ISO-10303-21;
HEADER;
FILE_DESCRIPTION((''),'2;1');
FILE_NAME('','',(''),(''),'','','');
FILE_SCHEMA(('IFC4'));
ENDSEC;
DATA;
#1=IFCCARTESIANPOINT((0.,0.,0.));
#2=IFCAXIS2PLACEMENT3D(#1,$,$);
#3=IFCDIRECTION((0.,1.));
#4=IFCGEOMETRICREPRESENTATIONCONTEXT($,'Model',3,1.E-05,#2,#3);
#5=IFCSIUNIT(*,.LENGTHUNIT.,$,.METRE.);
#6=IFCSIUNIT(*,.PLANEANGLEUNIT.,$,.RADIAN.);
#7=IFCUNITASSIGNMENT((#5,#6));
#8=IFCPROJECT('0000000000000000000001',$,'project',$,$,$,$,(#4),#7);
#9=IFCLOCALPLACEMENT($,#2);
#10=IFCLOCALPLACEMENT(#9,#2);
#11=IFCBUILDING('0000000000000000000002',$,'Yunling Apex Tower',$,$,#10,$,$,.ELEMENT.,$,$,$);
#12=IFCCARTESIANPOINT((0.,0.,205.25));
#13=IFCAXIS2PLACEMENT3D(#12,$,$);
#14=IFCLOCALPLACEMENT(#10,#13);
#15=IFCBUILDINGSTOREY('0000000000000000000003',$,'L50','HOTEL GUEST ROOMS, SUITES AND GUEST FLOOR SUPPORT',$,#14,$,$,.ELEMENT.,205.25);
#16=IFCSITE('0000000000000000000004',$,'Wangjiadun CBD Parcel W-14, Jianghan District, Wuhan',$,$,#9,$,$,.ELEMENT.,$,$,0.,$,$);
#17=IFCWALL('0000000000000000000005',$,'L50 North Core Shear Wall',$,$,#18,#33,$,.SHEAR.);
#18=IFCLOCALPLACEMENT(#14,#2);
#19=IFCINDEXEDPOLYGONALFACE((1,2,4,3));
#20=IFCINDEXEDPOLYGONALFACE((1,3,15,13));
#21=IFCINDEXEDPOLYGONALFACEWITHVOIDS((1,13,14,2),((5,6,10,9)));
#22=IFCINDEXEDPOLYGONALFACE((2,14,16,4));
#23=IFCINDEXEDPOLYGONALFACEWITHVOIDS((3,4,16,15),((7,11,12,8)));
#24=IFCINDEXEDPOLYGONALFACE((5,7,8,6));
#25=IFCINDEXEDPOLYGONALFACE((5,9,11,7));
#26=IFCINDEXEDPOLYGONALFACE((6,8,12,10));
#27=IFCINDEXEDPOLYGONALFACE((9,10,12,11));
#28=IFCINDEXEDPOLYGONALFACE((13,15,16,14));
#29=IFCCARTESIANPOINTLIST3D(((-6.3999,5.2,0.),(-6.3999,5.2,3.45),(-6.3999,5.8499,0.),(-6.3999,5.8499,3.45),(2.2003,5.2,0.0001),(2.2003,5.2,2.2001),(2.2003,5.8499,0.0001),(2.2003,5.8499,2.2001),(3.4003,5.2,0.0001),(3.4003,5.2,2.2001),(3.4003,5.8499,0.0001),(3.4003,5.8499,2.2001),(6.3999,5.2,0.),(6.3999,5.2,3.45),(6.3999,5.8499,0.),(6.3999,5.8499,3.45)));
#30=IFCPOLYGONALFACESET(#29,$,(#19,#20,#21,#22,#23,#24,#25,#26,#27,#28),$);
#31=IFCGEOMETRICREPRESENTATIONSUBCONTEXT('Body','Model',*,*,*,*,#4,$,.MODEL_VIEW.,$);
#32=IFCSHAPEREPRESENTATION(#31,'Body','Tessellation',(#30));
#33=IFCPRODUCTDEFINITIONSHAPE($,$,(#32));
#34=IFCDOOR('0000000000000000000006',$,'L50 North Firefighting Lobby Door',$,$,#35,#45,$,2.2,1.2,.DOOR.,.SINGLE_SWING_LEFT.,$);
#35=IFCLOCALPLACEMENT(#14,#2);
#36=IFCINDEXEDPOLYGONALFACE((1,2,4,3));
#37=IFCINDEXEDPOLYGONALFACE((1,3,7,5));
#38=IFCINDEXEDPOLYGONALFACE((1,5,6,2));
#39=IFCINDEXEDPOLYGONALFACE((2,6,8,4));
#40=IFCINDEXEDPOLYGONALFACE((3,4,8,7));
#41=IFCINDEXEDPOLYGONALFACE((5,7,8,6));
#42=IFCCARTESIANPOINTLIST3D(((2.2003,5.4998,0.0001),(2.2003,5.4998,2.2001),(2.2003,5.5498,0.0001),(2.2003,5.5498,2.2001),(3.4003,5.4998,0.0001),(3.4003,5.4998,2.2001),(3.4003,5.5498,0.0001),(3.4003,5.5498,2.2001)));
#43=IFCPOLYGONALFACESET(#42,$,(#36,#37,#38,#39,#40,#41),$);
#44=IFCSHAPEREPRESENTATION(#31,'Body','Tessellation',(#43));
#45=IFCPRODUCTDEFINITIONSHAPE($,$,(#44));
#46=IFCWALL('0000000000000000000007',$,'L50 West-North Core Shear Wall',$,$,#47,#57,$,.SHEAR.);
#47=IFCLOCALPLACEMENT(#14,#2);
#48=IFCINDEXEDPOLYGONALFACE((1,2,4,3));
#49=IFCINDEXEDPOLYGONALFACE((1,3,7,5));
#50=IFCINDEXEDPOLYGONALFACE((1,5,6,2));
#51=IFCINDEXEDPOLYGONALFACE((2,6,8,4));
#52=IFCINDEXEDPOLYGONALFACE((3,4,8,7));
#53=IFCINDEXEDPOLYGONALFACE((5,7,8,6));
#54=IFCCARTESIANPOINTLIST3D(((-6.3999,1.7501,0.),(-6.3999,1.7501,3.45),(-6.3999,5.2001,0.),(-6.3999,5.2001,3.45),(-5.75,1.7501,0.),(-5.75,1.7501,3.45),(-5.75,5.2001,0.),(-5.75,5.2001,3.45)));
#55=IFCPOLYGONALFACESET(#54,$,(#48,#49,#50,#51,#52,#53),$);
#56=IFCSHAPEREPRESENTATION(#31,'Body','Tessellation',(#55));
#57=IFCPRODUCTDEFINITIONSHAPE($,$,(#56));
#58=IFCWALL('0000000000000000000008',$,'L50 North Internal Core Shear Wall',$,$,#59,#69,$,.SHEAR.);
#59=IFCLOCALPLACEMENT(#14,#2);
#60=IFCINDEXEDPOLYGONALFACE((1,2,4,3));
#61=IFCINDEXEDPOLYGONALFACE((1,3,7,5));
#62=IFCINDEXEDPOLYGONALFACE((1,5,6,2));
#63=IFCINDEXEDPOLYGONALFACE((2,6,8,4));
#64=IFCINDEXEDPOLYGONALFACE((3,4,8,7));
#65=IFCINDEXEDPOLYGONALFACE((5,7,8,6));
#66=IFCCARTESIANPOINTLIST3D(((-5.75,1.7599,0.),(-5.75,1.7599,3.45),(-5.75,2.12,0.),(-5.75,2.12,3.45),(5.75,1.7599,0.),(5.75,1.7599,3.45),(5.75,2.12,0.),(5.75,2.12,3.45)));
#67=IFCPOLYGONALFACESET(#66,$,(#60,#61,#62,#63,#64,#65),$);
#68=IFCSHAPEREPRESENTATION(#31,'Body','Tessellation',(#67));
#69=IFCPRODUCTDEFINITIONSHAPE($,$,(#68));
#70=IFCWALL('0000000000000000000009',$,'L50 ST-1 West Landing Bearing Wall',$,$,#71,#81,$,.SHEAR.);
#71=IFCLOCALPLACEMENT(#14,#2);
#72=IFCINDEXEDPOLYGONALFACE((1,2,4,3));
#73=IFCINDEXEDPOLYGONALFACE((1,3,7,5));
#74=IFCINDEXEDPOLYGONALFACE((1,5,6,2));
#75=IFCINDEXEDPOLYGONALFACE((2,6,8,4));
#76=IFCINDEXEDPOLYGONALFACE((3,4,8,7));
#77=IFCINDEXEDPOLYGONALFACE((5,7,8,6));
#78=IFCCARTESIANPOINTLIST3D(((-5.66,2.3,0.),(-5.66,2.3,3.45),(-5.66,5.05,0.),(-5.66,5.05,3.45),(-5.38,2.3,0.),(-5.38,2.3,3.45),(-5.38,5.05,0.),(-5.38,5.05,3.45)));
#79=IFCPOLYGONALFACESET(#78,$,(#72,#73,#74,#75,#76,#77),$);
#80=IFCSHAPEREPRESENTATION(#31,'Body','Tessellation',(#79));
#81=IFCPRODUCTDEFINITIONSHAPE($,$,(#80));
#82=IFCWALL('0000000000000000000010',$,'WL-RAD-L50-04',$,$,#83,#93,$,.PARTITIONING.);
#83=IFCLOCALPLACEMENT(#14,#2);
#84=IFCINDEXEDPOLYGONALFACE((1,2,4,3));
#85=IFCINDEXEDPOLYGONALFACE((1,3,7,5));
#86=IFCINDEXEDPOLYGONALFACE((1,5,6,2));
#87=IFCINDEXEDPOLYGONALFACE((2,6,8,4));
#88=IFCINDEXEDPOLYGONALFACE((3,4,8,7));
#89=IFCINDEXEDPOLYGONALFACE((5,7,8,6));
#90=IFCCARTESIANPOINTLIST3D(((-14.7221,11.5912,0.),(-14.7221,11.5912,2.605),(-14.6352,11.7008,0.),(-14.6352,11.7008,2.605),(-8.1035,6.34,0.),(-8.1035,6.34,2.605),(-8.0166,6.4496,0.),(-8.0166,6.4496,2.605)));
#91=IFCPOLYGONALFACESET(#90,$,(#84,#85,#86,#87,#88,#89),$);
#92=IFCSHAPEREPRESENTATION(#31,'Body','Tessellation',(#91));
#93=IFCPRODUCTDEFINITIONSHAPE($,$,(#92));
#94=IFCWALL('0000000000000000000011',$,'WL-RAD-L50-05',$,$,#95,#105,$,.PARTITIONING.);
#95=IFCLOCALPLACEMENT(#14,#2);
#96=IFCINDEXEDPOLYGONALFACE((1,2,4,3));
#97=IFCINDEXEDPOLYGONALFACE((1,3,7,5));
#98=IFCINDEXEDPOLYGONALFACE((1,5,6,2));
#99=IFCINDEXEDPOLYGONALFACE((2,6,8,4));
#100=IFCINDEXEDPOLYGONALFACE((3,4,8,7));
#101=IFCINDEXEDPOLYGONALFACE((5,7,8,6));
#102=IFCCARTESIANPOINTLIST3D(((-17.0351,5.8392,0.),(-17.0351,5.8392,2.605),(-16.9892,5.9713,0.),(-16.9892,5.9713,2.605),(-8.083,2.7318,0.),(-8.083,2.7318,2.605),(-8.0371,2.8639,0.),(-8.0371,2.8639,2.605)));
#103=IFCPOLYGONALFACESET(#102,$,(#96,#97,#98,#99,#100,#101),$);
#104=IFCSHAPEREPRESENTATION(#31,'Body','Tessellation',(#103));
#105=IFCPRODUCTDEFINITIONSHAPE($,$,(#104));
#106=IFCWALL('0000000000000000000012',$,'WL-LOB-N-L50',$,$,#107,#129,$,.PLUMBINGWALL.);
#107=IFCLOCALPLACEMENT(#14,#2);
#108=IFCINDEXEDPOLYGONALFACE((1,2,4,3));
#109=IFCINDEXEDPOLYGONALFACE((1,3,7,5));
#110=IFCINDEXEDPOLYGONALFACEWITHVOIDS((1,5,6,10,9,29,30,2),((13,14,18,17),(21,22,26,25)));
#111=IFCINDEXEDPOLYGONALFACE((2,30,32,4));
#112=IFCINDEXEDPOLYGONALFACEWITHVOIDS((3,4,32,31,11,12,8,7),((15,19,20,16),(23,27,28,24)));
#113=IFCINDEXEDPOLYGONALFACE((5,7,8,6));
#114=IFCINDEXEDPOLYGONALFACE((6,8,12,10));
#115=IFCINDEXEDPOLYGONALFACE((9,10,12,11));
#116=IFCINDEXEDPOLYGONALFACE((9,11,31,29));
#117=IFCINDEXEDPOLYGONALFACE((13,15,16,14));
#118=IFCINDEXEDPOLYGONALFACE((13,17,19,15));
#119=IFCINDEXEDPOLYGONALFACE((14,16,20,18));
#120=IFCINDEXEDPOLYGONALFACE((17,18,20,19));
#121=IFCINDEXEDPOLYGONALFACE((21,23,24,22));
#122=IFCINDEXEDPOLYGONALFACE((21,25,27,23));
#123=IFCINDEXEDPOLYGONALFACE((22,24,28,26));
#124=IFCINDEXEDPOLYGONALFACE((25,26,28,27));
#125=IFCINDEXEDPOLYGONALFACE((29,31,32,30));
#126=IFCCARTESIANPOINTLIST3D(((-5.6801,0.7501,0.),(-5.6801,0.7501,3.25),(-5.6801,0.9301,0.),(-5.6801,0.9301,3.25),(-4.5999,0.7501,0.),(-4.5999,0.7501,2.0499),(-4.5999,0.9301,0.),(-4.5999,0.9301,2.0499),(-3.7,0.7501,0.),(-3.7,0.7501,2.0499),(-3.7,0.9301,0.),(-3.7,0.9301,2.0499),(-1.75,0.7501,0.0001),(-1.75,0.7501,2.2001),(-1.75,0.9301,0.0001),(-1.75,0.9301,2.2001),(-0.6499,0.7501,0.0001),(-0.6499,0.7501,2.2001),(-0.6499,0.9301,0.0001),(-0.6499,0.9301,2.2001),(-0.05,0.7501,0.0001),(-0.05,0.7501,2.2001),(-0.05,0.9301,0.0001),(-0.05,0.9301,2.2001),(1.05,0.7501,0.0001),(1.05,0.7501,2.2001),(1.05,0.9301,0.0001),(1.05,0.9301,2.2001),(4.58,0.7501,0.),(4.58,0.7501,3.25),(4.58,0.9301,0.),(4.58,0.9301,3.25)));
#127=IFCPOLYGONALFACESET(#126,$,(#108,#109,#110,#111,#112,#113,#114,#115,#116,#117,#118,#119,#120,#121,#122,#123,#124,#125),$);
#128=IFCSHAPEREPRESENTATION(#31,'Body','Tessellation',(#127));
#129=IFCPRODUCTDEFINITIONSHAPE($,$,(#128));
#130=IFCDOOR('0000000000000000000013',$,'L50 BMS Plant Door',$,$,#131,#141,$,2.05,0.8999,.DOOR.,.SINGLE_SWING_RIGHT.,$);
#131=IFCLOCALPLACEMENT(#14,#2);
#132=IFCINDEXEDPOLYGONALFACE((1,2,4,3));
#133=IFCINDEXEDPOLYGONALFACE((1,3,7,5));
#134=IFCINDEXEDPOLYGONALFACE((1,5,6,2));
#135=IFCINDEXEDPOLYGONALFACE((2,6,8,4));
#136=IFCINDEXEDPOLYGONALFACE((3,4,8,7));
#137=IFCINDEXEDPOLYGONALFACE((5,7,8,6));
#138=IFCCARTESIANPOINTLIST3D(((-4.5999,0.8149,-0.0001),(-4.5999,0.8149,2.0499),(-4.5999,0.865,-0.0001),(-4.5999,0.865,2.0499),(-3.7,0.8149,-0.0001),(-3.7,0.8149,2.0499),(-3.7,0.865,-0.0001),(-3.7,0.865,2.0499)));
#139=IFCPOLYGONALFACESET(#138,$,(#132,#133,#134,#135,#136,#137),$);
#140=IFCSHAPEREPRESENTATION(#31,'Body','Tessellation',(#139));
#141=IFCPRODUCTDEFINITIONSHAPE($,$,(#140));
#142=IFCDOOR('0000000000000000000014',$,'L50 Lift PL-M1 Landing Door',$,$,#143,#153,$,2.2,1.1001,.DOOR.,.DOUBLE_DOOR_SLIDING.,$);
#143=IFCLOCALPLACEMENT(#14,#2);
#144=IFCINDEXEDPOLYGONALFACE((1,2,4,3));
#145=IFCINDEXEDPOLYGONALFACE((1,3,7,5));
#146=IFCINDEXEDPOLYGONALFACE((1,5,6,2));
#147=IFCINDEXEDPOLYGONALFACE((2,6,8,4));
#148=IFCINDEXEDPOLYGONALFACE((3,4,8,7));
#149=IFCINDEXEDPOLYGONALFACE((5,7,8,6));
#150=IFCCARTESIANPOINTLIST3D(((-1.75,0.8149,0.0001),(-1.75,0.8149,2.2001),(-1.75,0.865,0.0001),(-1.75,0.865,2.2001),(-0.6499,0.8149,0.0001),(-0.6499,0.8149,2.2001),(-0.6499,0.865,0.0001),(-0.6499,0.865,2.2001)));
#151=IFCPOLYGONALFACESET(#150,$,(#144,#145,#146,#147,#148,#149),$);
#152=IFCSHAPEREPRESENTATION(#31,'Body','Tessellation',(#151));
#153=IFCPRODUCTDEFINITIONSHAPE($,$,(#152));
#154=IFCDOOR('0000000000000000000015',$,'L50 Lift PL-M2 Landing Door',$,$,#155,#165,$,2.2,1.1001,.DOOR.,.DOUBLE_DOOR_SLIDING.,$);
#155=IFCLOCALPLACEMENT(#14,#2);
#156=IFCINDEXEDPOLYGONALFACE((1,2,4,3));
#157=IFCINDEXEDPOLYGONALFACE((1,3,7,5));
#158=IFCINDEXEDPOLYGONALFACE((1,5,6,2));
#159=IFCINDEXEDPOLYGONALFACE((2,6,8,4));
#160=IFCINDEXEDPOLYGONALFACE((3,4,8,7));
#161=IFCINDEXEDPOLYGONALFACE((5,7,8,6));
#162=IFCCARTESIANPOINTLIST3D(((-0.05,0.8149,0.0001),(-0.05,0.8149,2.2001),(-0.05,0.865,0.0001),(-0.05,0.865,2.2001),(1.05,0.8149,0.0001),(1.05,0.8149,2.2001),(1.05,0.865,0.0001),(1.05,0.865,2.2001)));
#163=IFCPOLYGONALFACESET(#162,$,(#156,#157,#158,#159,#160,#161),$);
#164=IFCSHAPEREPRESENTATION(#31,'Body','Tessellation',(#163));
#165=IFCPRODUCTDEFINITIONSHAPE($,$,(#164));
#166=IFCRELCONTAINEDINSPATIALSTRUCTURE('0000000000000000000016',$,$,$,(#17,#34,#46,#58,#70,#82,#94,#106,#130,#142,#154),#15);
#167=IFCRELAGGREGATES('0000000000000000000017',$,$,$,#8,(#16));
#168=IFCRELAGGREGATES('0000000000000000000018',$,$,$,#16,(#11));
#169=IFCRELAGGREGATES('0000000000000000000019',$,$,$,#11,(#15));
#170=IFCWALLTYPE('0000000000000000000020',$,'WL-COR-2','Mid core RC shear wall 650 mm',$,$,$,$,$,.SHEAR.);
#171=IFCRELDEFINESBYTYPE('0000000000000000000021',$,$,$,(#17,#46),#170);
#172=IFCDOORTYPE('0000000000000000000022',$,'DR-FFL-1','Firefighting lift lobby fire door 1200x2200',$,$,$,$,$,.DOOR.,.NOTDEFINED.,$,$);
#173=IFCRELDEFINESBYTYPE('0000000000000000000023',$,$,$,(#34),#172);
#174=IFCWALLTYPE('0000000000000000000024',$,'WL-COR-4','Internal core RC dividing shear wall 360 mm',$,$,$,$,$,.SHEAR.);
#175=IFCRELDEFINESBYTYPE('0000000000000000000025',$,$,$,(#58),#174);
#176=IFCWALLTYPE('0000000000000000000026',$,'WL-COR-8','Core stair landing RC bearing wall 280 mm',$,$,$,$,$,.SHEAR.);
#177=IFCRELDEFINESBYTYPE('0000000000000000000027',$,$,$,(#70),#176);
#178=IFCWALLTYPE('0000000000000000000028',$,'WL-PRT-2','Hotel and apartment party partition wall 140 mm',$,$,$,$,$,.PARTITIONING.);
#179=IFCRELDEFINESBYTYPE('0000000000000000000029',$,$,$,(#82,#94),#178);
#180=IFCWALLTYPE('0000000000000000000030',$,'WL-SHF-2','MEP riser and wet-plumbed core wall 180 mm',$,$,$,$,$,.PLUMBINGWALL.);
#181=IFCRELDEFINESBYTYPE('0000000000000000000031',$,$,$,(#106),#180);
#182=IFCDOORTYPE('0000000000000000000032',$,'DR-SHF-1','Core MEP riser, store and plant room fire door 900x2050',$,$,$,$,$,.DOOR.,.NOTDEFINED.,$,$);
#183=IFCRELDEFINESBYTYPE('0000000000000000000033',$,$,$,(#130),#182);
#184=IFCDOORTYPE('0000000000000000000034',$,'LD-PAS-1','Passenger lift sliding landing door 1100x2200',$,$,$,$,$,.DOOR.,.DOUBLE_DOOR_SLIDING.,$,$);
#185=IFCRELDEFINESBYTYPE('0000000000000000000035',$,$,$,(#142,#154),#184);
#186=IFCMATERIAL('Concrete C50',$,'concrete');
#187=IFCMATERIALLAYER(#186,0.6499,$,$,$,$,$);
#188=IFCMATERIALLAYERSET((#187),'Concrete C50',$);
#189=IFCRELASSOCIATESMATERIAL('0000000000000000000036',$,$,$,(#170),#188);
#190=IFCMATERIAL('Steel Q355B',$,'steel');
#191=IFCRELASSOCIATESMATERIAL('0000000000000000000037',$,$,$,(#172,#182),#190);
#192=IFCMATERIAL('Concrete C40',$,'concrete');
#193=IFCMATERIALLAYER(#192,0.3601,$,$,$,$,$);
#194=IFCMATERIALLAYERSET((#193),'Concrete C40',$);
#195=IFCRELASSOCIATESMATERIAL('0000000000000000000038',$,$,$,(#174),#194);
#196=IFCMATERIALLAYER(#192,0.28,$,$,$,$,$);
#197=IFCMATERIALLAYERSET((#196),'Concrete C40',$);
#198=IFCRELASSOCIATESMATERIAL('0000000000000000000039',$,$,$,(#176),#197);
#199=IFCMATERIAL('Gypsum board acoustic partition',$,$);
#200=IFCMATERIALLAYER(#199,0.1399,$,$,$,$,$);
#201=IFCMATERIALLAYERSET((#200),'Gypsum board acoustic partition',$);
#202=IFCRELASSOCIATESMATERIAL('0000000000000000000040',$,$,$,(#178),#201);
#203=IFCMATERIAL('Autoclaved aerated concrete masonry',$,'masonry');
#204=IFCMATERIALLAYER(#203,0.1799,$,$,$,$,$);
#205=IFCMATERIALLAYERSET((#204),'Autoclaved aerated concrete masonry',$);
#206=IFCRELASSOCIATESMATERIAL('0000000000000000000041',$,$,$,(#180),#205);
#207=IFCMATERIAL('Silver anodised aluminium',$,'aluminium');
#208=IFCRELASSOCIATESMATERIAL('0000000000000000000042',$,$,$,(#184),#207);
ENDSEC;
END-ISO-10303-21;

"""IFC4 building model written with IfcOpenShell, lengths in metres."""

from ifc_helpers import new_model, si_unit, direction, frame, frame_2d, origin, place, context, subcontext, project, spatial, rectangle, extrude, material, layer, layer_set, type_object, element, fill, save


model = new_model("IFC4")

# Units and contexts
model_context = context("Model", 3, precision=1e-05, world=origin(), true_north=direction((0.0, 1.0)))
body_context = subcontext(model_context, "Body", "Model", "MODEL_VIEW")
ifc_project = project(units=[si_unit("LENGTHUNIT", "METRE"), si_unit("PLANEANGLEUNIT", "RADIAN")], contexts=[model_context])

# Site, building, storey
site_placement = place(None, origin())
site = spatial("IfcSite", under=ifc_project, at=site_placement, Name="Wangjiadun CBD Parcel W-14, Jianghan District, Wuhan", CompositionType="ELEMENT", RefElevation=0.0)
building_placement = place(site_placement, origin())
building = spatial("IfcBuilding", under=site, at=building_placement, Name="Yunling Apex Tower", CompositionType="ELEMENT")
storey_placement = place(building_placement, frame((0.0, 0.0, 205.25)))
storey = spatial("IfcBuildingStorey", under=building, at=storey_placement, Name="L50", Description="HOTEL GUEST ROOMS, SUITES AND GUEST FLOOR SUPPORT", CompositionType="ELEMENT", Elevation=205.25)

# Shared definitions
ifc_material_1 = material(Name="Concrete C50", Category="concrete")

# Shared definitions
ifc_material_2 = material(Name="Steel Q355B", Category="steel")

# Wall, opening, door
ifc_layer_1 = layer(ifc_material_1, 0.6499)
ifc_layer_set_1 = layer_set([ifc_layer_1], Name="Concrete C50")
wall_type_1 = type_object("IfcWallType", Name="WL-COR-2", Description="Mid core RC shear wall 650 mm", PredefinedType="SHEAR", material=ifc_layer_set_1)
wall_1_placement = place(storey_placement, frame((-6.3999, 5.5249, 0.0), z_axis=(0.0, 0.0, 1.0), x_axis=(1.0, 0.0, 0.0)))
wall_1 = element("IfcWall", 1, at=wall_1_placement, inside=storey, type_object=wall_type_1, Name="L50 North Core Shear Wall", PredefinedType="SHEAR", context=body_context, shape_type="SweptSolid", body=[
    extrude(rectangle(XDim=12.7998, YDim=0.6499, at=frame_2d((6.3999, 0.0))), origin(), (0.0, 0.0, 1.0), 3.45),
])
opening_1_placement = place(wall_1_placement, frame((8.6001, 0.0, 0.0)))
opening_1 = element("IfcOpeningElement", 2, at=opening_1_placement, cuts=wall_1, PredefinedType="OPENING", context=body_context, shape_type="SweptSolid", body=[
    extrude(rectangle(XDim=1.2, YDim=2.2, at=frame_2d((0.6001, 1.1001))), frame((0.0, 0.335, 0.0), z_axis=(0.0, -1.0, 0.0), x_axis=(1.0, 0.0, 0.0)), (0.0, 0.0, 1.0), 0.6699),
])
door_type_1 = type_object("IfcDoorType", Name="DR-FFL-1", Description="Firefighting lift lobby fire door 1200x2200", OperationType="NOTDEFINED", PredefinedType="DOOR", material=ifc_material_2)
door_1_placement = place(opening_1_placement, origin())
door_1 = element("IfcDoor", 3, at=door_1_placement, inside=storey, type_object=door_type_1, Name="L50 North Firefighting Lobby Door", OperationType="SINGLE_SWING_LEFT", OverallHeight=2.2, OverallWidth=1.2, PredefinedType="DOOR", context=body_context, shape_type="SweptSolid", body=[
    extrude(rectangle(XDim=1.2, YDim=2.2, at=frame_2d((0.6001, 1.1001))), frame((0.0, 0.0249, 0.0), z_axis=(0.0, -1.0, 0.0), x_axis=(1.0, 0.0, 0.0)), (0.0, 0.0, 1.0), 0.05),
])
fill(opening_1, door_1)

# Walls
wall_2_placement = place(storey_placement, frame((-6.075, 1.75, 0.0), z_axis=(0.0, 0.0, 1.0), x_axis=(0.0, 1.0, 0.0)))
element("IfcWall", 4, at=wall_2_placement, inside=storey, type_object=wall_type_1, Name="L50 West-North Core Shear Wall", PredefinedType="SHEAR", context=body_context, shape_type="SweptSolid", body=[
    extrude(rectangle(XDim=3.45, YDim=0.6499, at=frame_2d((1.7251, 0.0))), origin(), (0.0, 0.0, 1.0), 3.45),
])
ifc_material_3 = material(Name="Concrete C40", Category="concrete")
ifc_layer_2 = layer(ifc_material_3, 0.3601)
ifc_layer_set_2 = layer_set([ifc_layer_2], Name="Concrete C40")
wall_type_2 = type_object("IfcWallType", Name="WL-COR-4", Description="Internal core RC dividing shear wall 360 mm", PredefinedType="SHEAR", material=ifc_layer_set_2)
wall_3_placement = place(storey_placement, frame((-5.75, 1.9399, 0.0), z_axis=(0.0, 0.0, 1.0), x_axis=(1.0, 0.0, 0.0)))
element("IfcWall", 5, at=wall_3_placement, inside=storey, type_object=wall_type_2, Name="L50 North Internal Core Shear Wall", PredefinedType="SHEAR", context=body_context, shape_type="SweptSolid", body=[
    extrude(rectangle(XDim=11.5, YDim=0.3601, at=frame_2d((5.75, 0.0))), origin(), (0.0, 0.0, 1.0), 3.45),
])
ifc_layer_3 = layer(ifc_material_3, 0.28)
ifc_layer_set_3 = layer_set([ifc_layer_3], Name="Concrete C40")
wall_type_3 = type_object("IfcWallType", Name="WL-COR-8", Description="Core stair landing RC bearing wall 280 mm", PredefinedType="SHEAR", material=ifc_layer_set_3)
wall_4_placement = place(storey_placement, frame((-5.52, 2.3, 0.0), z_axis=(0.0, 0.0, 1.0), x_axis=(0.0, 1.0, 0.0)))
element("IfcWall", 6, at=wall_4_placement, inside=storey, type_object=wall_type_3, Name="L50 ST-1 West Landing Bearing Wall", PredefinedType="SHEAR", context=body_context, shape_type="SweptSolid", body=[
    extrude(rectangle(XDim=2.75, YDim=0.28, at=frame_2d((1.375, 0.0))), origin(), (0.0, 0.0, 1.0), 3.45),
])
ifc_material_4 = material(Name="Gypsum board acoustic partition")
ifc_layer_4 = layer(ifc_material_4, 0.1399)
ifc_layer_set_4 = layer_set([ifc_layer_4], Name="Gypsum board acoustic partition")
wall_type_4 = type_object("IfcWallType", Name="WL-PRT-2", Description="Hotel and apartment party partition wall 140 mm", PredefinedType="PARTITIONING", material=ifc_layer_set_4)
wall_5_placement = place(storey_placement, frame((-8.0601, 6.3948, 0.0), z_axis=(0.0, 0.0, 1.0), x_axis=(-0.783386, 0.621536, 0.0)))
element("IfcWall", 7, at=wall_5_placement, inside=storey, type_object=wall_type_4, Name="WL-RAD-L50-04", PredefinedType="PARTITIONING", context=body_context, shape_type="SweptSolid", body=[
    extrude(rectangle(XDim=8.4487, YDim=0.1399, at=frame_2d((4.2244, 0.0))), origin(), (0.0, 0.0, 1.0), 2.605),
])
wall_6_placement = place(storey_placement, frame((-8.0601, 2.7979, 0.0), z_axis=(0.0, 0.0, 1.0), x_axis=(-0.944705, 0.327921, 0.0)))
element("IfcWall", 8, at=wall_6_placement, inside=storey, type_object=wall_type_4, Name="WL-RAD-L50-05", PredefinedType="PARTITIONING", context=body_context, shape_type="SweptSolid", body=[
    extrude(rectangle(XDim=9.4761, YDim=0.1399, at=frame_2d((4.738, 0.0))), origin(), (0.0, 0.0, 1.0), 2.605),
])

# Wall, openings, doors
ifc_material_5 = material(Name="Autoclaved aerated concrete masonry", Category="masonry")
ifc_layer_5 = layer(ifc_material_5, 0.1799)
ifc_layer_set_5 = layer_set([ifc_layer_5], Name="Autoclaved aerated concrete masonry")
wall_type_5 = type_object("IfcWallType", Name="WL-SHF-2", Description="MEP riser and wet-plumbed core wall 180 mm", PredefinedType="PLUMBINGWALL", material=ifc_layer_set_5)
wall_7_placement = place(storey_placement, frame((-5.6799, 0.8401, 0.0), z_axis=(0.0, 0.0, 1.0), x_axis=(1.0, 0.0, 0.0)))
wall_7 = element("IfcWall", 9, at=wall_7_placement, inside=storey, type_object=wall_type_5, Name="WL-LOB-N-L50", PredefinedType="PLUMBINGWALL", context=body_context, shape_type="SweptSolid", body=[
    extrude(rectangle(XDim=10.26, YDim=0.1799, at=frame_2d((5.1299, 0.0))), origin(), (0.0, 0.0, 1.0), 3.25),
])
opening_2_placement = place(wall_7_placement, frame((1.0801, 0.0, 0.0)))
opening_2 = element("IfcOpeningElement", 10, at=opening_2_placement, cuts=wall_7, PredefinedType="OPENING", context=body_context, shape_type="SweptSolid", body=[
    extrude(rectangle(XDim=0.8999, YDim=2.05, at=frame_2d((0.45, 1.0249))), frame((0.0, 0.1001, 0.0), z_axis=(0.0, -1.0, 0.0), x_axis=(1.0, 0.0, 0.0)), (0.0, 0.0, 1.0), 0.2),
])
opening_3_placement = place(wall_7_placement, frame((3.9299, 0.0, 0.0)))
opening_3 = element("IfcOpeningElement", 11, at=opening_3_placement, cuts=wall_7, PredefinedType="OPENING", context=body_context, shape_type="SweptSolid", body=[
    extrude(rectangle(XDim=1.1001, YDim=2.2, at=frame_2d((0.55, 1.1001))), frame((0.0, 0.1001, 0.0), z_axis=(0.0, -1.0, 0.0), x_axis=(1.0, 0.0, 0.0)), (0.0, 0.0, 1.0), 0.2),
])
opening_4_placement = place(wall_7_placement, frame((5.6299, 0.0, 0.0)))
opening_4 = element("IfcOpeningElement", 12, at=opening_4_placement, cuts=wall_7, PredefinedType="OPENING", context=body_context, shape_type="SweptSolid", body=[
    extrude(rectangle(XDim=1.1001, YDim=2.2, at=frame_2d((0.55, 1.1001))), frame((0.0, 0.1001, 0.0), z_axis=(0.0, -1.0, 0.0), x_axis=(1.0, 0.0, 0.0)), (0.0, 0.0, 1.0), 0.2),
])
door_type_2 = type_object("IfcDoorType", Name="DR-SHF-1", Description="Core MEP riser, store and plant room fire door 900x2050", OperationType="NOTDEFINED", PredefinedType="DOOR", material=ifc_material_2)
door_2_placement = place(opening_2_placement, origin())
door_2 = element("IfcDoor", 13, at=door_2_placement, inside=storey, type_object=door_type_2, Name="L50 BMS Plant Door", OperationType="SINGLE_SWING_RIGHT", OverallHeight=2.05, OverallWidth=0.8999, PredefinedType="DOOR", context=body_context, shape_type="SweptSolid", body=[
    extrude(rectangle(XDim=0.8999, YDim=2.05, at=frame_2d((0.45, 1.0249))), frame((0.0, 0.0249, 0.0), z_axis=(0.0, -1.0, 0.0), x_axis=(1.0, 0.0, 0.0)), (0.0, 0.0, 1.0), 0.05),
])
fill(opening_2, door_2)
ifc_material_6 = material(Name="Silver anodised aluminium", Category="aluminium")
door_type_3 = type_object("IfcDoorType", Name="LD-PAS-1", Description="Passenger lift sliding landing door 1100x2200", OperationType="DOUBLE_DOOR_SLIDING", PredefinedType="DOOR", material=ifc_material_6)
door_3_placement = place(opening_3_placement, origin())
door_3 = element("IfcDoor", 14, at=door_3_placement, inside=storey, type_object=door_type_3, Name="L50 Lift PL-M1 Landing Door", OperationType="DOUBLE_DOOR_SLIDING", OverallHeight=2.2, OverallWidth=1.1001, PredefinedType="DOOR", context=body_context, shape_type="SweptSolid", body=[
    extrude(rectangle(XDim=1.1001, YDim=2.2, at=frame_2d((0.55, 1.1001))), frame((0.0, 0.0249, 0.0), z_axis=(0.0, -1.0, 0.0), x_axis=(1.0, 0.0, 0.0)), (0.0, 0.0, 1.0), 0.05),
])
fill(opening_3, door_3)
door_4_placement = place(opening_4_placement, origin())
door_4 = element("IfcDoor", 15, at=door_4_placement, inside=storey, type_object=door_type_3, Name="L50 Lift PL-M2 Landing Door", OperationType="DOUBLE_DOOR_SLIDING", OverallHeight=2.2, OverallWidth=1.1001, PredefinedType="DOOR", context=body_context, shape_type="SweptSolid", body=[
    extrude(rectangle(XDim=1.1001, YDim=2.2, at=frame_2d((0.55, 1.1001))), frame((0.0, 0.0249, 0.0), z_axis=(0.0, -1.0, 0.0), x_axis=(1.0, 0.0, 0.0)), (0.0, 0.0, 1.0), 0.05),
])
fill(opening_4, door_4)

save(model, "model.ifc")
